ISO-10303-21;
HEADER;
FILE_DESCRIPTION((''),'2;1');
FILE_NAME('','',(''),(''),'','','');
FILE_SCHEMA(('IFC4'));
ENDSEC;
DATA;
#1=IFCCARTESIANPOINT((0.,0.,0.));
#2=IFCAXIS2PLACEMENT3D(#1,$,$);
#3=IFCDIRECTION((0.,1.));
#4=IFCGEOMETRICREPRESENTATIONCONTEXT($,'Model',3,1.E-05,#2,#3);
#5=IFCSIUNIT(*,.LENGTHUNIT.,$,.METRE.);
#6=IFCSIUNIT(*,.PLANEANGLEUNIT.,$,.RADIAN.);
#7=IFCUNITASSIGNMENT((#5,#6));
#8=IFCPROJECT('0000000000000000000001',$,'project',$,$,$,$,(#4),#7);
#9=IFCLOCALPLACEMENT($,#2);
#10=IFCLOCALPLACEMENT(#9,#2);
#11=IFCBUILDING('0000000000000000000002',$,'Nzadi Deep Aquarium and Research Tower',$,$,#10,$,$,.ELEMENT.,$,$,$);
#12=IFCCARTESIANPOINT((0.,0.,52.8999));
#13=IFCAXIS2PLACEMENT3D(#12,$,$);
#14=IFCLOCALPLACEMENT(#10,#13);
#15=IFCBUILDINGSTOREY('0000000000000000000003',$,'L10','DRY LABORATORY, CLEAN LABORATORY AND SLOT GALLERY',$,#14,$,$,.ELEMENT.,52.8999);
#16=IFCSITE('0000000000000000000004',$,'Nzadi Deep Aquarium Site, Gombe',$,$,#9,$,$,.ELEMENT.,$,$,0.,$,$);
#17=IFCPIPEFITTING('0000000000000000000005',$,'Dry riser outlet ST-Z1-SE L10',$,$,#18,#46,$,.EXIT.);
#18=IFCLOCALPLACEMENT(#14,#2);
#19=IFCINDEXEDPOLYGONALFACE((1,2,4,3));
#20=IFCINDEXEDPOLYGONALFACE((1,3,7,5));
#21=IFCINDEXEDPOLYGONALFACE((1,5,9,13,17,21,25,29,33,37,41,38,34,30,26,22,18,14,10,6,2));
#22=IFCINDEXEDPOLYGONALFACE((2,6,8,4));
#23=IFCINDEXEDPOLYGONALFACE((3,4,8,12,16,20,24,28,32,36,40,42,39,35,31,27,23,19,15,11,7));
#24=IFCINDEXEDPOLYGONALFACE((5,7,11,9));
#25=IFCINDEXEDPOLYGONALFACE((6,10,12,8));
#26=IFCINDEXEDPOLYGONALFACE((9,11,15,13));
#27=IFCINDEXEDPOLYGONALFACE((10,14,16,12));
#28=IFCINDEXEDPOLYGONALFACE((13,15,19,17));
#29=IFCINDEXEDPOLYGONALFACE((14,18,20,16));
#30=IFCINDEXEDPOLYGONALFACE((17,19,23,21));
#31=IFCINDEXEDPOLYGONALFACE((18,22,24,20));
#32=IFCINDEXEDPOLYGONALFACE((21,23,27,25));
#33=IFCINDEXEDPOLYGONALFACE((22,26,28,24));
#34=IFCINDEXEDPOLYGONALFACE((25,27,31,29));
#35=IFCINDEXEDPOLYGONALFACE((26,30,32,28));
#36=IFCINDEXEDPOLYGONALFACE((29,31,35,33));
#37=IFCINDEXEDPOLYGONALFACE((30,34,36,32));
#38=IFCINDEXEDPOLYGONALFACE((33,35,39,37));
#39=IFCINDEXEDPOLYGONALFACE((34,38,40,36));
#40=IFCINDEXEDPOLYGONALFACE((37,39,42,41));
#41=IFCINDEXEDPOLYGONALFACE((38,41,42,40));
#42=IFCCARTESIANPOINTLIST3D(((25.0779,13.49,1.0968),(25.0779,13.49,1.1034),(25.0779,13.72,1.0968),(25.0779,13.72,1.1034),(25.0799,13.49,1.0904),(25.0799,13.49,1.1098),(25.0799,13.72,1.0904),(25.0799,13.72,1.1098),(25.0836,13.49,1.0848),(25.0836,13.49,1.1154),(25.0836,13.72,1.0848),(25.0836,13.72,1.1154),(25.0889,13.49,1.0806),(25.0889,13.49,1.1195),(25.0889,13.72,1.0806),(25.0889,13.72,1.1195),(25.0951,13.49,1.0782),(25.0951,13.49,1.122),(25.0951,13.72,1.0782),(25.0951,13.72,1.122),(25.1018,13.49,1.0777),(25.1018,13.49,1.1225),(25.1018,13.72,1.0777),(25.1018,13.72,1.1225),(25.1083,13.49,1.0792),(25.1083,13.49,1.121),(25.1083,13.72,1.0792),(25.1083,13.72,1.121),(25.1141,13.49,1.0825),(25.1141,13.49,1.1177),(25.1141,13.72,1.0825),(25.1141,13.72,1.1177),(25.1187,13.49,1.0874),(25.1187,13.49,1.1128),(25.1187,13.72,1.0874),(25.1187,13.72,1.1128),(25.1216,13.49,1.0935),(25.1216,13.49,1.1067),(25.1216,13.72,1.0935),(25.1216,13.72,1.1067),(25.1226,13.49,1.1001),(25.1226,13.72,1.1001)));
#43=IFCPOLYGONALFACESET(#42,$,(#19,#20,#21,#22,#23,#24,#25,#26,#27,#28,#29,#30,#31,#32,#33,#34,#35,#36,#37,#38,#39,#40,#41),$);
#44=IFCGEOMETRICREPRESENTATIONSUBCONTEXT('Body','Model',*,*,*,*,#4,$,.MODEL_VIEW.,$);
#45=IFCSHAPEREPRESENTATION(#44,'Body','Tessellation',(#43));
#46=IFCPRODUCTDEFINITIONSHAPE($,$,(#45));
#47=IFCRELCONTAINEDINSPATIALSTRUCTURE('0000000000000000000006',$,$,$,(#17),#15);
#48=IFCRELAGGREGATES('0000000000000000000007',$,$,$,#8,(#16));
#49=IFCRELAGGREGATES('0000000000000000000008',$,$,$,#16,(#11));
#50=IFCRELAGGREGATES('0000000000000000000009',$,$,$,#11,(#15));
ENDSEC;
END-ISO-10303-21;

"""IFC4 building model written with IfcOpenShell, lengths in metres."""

from ifc_helpers import new_model, si_unit, direction, frame, origin, origin_2d, place, context, subcontext, project, spatial, circle, extrude, element, save


model = new_model("IFC4")

# Units and contexts
model_context = context("Model", 3, precision=1e-05, world=origin(), true_north=direction((0.0, 1.0)))
body_context = subcontext(model_context, "Body", "Model", "MODEL_VIEW")
ifc_project = project(units=[si_unit("LENGTHUNIT", "METRE"), si_unit("PLANEANGLEUNIT", "RADIAN")], contexts=[model_context])

# Site, building, storey
site_placement = place(None, origin())
site = spatial("IfcSite", under=ifc_project, at=site_placement, Name="Nzadi Deep Aquarium Site, Gombe", CompositionType="ELEMENT", RefElevation=0.0)
building_placement = place(site_placement, origin())
building = spatial("IfcBuilding", under=site, at=building_placement, Name="Nzadi Deep Aquarium and Research Tower", CompositionType="ELEMENT")
storey_placement = place(building_placement, frame((0.0, 0.0, 52.8999)))
storey = spatial("IfcBuildingStorey", under=building, at=storey_placement, Name="L10", Description="DRY LABORATORY, CLEAN LABORATORY AND SLOT GALLERY", CompositionType="ELEMENT", Elevation=52.8999)

# Pipe fitting
pipe_fitting_placement = place(storey_placement, frame((25.1001, 13.72, 1.1001), z_axis=(0.0, -1.0, 0.0), x_axis=(1.0, 0.0, 0.0)))
element("IfcPipeFitting", 1, at=pipe_fitting_placement, inside=storey, Name="Dry riser outlet ST-Z1-SE L10", PredefinedType="EXIT", context=body_context, shape_type="SweptSolid", body=[
    extrude(circle(Radius=0.0225, at=origin_2d()), origin(), (0.0, 0.0, 1.0), 0.23),
])

save(model, "model.ifc")
